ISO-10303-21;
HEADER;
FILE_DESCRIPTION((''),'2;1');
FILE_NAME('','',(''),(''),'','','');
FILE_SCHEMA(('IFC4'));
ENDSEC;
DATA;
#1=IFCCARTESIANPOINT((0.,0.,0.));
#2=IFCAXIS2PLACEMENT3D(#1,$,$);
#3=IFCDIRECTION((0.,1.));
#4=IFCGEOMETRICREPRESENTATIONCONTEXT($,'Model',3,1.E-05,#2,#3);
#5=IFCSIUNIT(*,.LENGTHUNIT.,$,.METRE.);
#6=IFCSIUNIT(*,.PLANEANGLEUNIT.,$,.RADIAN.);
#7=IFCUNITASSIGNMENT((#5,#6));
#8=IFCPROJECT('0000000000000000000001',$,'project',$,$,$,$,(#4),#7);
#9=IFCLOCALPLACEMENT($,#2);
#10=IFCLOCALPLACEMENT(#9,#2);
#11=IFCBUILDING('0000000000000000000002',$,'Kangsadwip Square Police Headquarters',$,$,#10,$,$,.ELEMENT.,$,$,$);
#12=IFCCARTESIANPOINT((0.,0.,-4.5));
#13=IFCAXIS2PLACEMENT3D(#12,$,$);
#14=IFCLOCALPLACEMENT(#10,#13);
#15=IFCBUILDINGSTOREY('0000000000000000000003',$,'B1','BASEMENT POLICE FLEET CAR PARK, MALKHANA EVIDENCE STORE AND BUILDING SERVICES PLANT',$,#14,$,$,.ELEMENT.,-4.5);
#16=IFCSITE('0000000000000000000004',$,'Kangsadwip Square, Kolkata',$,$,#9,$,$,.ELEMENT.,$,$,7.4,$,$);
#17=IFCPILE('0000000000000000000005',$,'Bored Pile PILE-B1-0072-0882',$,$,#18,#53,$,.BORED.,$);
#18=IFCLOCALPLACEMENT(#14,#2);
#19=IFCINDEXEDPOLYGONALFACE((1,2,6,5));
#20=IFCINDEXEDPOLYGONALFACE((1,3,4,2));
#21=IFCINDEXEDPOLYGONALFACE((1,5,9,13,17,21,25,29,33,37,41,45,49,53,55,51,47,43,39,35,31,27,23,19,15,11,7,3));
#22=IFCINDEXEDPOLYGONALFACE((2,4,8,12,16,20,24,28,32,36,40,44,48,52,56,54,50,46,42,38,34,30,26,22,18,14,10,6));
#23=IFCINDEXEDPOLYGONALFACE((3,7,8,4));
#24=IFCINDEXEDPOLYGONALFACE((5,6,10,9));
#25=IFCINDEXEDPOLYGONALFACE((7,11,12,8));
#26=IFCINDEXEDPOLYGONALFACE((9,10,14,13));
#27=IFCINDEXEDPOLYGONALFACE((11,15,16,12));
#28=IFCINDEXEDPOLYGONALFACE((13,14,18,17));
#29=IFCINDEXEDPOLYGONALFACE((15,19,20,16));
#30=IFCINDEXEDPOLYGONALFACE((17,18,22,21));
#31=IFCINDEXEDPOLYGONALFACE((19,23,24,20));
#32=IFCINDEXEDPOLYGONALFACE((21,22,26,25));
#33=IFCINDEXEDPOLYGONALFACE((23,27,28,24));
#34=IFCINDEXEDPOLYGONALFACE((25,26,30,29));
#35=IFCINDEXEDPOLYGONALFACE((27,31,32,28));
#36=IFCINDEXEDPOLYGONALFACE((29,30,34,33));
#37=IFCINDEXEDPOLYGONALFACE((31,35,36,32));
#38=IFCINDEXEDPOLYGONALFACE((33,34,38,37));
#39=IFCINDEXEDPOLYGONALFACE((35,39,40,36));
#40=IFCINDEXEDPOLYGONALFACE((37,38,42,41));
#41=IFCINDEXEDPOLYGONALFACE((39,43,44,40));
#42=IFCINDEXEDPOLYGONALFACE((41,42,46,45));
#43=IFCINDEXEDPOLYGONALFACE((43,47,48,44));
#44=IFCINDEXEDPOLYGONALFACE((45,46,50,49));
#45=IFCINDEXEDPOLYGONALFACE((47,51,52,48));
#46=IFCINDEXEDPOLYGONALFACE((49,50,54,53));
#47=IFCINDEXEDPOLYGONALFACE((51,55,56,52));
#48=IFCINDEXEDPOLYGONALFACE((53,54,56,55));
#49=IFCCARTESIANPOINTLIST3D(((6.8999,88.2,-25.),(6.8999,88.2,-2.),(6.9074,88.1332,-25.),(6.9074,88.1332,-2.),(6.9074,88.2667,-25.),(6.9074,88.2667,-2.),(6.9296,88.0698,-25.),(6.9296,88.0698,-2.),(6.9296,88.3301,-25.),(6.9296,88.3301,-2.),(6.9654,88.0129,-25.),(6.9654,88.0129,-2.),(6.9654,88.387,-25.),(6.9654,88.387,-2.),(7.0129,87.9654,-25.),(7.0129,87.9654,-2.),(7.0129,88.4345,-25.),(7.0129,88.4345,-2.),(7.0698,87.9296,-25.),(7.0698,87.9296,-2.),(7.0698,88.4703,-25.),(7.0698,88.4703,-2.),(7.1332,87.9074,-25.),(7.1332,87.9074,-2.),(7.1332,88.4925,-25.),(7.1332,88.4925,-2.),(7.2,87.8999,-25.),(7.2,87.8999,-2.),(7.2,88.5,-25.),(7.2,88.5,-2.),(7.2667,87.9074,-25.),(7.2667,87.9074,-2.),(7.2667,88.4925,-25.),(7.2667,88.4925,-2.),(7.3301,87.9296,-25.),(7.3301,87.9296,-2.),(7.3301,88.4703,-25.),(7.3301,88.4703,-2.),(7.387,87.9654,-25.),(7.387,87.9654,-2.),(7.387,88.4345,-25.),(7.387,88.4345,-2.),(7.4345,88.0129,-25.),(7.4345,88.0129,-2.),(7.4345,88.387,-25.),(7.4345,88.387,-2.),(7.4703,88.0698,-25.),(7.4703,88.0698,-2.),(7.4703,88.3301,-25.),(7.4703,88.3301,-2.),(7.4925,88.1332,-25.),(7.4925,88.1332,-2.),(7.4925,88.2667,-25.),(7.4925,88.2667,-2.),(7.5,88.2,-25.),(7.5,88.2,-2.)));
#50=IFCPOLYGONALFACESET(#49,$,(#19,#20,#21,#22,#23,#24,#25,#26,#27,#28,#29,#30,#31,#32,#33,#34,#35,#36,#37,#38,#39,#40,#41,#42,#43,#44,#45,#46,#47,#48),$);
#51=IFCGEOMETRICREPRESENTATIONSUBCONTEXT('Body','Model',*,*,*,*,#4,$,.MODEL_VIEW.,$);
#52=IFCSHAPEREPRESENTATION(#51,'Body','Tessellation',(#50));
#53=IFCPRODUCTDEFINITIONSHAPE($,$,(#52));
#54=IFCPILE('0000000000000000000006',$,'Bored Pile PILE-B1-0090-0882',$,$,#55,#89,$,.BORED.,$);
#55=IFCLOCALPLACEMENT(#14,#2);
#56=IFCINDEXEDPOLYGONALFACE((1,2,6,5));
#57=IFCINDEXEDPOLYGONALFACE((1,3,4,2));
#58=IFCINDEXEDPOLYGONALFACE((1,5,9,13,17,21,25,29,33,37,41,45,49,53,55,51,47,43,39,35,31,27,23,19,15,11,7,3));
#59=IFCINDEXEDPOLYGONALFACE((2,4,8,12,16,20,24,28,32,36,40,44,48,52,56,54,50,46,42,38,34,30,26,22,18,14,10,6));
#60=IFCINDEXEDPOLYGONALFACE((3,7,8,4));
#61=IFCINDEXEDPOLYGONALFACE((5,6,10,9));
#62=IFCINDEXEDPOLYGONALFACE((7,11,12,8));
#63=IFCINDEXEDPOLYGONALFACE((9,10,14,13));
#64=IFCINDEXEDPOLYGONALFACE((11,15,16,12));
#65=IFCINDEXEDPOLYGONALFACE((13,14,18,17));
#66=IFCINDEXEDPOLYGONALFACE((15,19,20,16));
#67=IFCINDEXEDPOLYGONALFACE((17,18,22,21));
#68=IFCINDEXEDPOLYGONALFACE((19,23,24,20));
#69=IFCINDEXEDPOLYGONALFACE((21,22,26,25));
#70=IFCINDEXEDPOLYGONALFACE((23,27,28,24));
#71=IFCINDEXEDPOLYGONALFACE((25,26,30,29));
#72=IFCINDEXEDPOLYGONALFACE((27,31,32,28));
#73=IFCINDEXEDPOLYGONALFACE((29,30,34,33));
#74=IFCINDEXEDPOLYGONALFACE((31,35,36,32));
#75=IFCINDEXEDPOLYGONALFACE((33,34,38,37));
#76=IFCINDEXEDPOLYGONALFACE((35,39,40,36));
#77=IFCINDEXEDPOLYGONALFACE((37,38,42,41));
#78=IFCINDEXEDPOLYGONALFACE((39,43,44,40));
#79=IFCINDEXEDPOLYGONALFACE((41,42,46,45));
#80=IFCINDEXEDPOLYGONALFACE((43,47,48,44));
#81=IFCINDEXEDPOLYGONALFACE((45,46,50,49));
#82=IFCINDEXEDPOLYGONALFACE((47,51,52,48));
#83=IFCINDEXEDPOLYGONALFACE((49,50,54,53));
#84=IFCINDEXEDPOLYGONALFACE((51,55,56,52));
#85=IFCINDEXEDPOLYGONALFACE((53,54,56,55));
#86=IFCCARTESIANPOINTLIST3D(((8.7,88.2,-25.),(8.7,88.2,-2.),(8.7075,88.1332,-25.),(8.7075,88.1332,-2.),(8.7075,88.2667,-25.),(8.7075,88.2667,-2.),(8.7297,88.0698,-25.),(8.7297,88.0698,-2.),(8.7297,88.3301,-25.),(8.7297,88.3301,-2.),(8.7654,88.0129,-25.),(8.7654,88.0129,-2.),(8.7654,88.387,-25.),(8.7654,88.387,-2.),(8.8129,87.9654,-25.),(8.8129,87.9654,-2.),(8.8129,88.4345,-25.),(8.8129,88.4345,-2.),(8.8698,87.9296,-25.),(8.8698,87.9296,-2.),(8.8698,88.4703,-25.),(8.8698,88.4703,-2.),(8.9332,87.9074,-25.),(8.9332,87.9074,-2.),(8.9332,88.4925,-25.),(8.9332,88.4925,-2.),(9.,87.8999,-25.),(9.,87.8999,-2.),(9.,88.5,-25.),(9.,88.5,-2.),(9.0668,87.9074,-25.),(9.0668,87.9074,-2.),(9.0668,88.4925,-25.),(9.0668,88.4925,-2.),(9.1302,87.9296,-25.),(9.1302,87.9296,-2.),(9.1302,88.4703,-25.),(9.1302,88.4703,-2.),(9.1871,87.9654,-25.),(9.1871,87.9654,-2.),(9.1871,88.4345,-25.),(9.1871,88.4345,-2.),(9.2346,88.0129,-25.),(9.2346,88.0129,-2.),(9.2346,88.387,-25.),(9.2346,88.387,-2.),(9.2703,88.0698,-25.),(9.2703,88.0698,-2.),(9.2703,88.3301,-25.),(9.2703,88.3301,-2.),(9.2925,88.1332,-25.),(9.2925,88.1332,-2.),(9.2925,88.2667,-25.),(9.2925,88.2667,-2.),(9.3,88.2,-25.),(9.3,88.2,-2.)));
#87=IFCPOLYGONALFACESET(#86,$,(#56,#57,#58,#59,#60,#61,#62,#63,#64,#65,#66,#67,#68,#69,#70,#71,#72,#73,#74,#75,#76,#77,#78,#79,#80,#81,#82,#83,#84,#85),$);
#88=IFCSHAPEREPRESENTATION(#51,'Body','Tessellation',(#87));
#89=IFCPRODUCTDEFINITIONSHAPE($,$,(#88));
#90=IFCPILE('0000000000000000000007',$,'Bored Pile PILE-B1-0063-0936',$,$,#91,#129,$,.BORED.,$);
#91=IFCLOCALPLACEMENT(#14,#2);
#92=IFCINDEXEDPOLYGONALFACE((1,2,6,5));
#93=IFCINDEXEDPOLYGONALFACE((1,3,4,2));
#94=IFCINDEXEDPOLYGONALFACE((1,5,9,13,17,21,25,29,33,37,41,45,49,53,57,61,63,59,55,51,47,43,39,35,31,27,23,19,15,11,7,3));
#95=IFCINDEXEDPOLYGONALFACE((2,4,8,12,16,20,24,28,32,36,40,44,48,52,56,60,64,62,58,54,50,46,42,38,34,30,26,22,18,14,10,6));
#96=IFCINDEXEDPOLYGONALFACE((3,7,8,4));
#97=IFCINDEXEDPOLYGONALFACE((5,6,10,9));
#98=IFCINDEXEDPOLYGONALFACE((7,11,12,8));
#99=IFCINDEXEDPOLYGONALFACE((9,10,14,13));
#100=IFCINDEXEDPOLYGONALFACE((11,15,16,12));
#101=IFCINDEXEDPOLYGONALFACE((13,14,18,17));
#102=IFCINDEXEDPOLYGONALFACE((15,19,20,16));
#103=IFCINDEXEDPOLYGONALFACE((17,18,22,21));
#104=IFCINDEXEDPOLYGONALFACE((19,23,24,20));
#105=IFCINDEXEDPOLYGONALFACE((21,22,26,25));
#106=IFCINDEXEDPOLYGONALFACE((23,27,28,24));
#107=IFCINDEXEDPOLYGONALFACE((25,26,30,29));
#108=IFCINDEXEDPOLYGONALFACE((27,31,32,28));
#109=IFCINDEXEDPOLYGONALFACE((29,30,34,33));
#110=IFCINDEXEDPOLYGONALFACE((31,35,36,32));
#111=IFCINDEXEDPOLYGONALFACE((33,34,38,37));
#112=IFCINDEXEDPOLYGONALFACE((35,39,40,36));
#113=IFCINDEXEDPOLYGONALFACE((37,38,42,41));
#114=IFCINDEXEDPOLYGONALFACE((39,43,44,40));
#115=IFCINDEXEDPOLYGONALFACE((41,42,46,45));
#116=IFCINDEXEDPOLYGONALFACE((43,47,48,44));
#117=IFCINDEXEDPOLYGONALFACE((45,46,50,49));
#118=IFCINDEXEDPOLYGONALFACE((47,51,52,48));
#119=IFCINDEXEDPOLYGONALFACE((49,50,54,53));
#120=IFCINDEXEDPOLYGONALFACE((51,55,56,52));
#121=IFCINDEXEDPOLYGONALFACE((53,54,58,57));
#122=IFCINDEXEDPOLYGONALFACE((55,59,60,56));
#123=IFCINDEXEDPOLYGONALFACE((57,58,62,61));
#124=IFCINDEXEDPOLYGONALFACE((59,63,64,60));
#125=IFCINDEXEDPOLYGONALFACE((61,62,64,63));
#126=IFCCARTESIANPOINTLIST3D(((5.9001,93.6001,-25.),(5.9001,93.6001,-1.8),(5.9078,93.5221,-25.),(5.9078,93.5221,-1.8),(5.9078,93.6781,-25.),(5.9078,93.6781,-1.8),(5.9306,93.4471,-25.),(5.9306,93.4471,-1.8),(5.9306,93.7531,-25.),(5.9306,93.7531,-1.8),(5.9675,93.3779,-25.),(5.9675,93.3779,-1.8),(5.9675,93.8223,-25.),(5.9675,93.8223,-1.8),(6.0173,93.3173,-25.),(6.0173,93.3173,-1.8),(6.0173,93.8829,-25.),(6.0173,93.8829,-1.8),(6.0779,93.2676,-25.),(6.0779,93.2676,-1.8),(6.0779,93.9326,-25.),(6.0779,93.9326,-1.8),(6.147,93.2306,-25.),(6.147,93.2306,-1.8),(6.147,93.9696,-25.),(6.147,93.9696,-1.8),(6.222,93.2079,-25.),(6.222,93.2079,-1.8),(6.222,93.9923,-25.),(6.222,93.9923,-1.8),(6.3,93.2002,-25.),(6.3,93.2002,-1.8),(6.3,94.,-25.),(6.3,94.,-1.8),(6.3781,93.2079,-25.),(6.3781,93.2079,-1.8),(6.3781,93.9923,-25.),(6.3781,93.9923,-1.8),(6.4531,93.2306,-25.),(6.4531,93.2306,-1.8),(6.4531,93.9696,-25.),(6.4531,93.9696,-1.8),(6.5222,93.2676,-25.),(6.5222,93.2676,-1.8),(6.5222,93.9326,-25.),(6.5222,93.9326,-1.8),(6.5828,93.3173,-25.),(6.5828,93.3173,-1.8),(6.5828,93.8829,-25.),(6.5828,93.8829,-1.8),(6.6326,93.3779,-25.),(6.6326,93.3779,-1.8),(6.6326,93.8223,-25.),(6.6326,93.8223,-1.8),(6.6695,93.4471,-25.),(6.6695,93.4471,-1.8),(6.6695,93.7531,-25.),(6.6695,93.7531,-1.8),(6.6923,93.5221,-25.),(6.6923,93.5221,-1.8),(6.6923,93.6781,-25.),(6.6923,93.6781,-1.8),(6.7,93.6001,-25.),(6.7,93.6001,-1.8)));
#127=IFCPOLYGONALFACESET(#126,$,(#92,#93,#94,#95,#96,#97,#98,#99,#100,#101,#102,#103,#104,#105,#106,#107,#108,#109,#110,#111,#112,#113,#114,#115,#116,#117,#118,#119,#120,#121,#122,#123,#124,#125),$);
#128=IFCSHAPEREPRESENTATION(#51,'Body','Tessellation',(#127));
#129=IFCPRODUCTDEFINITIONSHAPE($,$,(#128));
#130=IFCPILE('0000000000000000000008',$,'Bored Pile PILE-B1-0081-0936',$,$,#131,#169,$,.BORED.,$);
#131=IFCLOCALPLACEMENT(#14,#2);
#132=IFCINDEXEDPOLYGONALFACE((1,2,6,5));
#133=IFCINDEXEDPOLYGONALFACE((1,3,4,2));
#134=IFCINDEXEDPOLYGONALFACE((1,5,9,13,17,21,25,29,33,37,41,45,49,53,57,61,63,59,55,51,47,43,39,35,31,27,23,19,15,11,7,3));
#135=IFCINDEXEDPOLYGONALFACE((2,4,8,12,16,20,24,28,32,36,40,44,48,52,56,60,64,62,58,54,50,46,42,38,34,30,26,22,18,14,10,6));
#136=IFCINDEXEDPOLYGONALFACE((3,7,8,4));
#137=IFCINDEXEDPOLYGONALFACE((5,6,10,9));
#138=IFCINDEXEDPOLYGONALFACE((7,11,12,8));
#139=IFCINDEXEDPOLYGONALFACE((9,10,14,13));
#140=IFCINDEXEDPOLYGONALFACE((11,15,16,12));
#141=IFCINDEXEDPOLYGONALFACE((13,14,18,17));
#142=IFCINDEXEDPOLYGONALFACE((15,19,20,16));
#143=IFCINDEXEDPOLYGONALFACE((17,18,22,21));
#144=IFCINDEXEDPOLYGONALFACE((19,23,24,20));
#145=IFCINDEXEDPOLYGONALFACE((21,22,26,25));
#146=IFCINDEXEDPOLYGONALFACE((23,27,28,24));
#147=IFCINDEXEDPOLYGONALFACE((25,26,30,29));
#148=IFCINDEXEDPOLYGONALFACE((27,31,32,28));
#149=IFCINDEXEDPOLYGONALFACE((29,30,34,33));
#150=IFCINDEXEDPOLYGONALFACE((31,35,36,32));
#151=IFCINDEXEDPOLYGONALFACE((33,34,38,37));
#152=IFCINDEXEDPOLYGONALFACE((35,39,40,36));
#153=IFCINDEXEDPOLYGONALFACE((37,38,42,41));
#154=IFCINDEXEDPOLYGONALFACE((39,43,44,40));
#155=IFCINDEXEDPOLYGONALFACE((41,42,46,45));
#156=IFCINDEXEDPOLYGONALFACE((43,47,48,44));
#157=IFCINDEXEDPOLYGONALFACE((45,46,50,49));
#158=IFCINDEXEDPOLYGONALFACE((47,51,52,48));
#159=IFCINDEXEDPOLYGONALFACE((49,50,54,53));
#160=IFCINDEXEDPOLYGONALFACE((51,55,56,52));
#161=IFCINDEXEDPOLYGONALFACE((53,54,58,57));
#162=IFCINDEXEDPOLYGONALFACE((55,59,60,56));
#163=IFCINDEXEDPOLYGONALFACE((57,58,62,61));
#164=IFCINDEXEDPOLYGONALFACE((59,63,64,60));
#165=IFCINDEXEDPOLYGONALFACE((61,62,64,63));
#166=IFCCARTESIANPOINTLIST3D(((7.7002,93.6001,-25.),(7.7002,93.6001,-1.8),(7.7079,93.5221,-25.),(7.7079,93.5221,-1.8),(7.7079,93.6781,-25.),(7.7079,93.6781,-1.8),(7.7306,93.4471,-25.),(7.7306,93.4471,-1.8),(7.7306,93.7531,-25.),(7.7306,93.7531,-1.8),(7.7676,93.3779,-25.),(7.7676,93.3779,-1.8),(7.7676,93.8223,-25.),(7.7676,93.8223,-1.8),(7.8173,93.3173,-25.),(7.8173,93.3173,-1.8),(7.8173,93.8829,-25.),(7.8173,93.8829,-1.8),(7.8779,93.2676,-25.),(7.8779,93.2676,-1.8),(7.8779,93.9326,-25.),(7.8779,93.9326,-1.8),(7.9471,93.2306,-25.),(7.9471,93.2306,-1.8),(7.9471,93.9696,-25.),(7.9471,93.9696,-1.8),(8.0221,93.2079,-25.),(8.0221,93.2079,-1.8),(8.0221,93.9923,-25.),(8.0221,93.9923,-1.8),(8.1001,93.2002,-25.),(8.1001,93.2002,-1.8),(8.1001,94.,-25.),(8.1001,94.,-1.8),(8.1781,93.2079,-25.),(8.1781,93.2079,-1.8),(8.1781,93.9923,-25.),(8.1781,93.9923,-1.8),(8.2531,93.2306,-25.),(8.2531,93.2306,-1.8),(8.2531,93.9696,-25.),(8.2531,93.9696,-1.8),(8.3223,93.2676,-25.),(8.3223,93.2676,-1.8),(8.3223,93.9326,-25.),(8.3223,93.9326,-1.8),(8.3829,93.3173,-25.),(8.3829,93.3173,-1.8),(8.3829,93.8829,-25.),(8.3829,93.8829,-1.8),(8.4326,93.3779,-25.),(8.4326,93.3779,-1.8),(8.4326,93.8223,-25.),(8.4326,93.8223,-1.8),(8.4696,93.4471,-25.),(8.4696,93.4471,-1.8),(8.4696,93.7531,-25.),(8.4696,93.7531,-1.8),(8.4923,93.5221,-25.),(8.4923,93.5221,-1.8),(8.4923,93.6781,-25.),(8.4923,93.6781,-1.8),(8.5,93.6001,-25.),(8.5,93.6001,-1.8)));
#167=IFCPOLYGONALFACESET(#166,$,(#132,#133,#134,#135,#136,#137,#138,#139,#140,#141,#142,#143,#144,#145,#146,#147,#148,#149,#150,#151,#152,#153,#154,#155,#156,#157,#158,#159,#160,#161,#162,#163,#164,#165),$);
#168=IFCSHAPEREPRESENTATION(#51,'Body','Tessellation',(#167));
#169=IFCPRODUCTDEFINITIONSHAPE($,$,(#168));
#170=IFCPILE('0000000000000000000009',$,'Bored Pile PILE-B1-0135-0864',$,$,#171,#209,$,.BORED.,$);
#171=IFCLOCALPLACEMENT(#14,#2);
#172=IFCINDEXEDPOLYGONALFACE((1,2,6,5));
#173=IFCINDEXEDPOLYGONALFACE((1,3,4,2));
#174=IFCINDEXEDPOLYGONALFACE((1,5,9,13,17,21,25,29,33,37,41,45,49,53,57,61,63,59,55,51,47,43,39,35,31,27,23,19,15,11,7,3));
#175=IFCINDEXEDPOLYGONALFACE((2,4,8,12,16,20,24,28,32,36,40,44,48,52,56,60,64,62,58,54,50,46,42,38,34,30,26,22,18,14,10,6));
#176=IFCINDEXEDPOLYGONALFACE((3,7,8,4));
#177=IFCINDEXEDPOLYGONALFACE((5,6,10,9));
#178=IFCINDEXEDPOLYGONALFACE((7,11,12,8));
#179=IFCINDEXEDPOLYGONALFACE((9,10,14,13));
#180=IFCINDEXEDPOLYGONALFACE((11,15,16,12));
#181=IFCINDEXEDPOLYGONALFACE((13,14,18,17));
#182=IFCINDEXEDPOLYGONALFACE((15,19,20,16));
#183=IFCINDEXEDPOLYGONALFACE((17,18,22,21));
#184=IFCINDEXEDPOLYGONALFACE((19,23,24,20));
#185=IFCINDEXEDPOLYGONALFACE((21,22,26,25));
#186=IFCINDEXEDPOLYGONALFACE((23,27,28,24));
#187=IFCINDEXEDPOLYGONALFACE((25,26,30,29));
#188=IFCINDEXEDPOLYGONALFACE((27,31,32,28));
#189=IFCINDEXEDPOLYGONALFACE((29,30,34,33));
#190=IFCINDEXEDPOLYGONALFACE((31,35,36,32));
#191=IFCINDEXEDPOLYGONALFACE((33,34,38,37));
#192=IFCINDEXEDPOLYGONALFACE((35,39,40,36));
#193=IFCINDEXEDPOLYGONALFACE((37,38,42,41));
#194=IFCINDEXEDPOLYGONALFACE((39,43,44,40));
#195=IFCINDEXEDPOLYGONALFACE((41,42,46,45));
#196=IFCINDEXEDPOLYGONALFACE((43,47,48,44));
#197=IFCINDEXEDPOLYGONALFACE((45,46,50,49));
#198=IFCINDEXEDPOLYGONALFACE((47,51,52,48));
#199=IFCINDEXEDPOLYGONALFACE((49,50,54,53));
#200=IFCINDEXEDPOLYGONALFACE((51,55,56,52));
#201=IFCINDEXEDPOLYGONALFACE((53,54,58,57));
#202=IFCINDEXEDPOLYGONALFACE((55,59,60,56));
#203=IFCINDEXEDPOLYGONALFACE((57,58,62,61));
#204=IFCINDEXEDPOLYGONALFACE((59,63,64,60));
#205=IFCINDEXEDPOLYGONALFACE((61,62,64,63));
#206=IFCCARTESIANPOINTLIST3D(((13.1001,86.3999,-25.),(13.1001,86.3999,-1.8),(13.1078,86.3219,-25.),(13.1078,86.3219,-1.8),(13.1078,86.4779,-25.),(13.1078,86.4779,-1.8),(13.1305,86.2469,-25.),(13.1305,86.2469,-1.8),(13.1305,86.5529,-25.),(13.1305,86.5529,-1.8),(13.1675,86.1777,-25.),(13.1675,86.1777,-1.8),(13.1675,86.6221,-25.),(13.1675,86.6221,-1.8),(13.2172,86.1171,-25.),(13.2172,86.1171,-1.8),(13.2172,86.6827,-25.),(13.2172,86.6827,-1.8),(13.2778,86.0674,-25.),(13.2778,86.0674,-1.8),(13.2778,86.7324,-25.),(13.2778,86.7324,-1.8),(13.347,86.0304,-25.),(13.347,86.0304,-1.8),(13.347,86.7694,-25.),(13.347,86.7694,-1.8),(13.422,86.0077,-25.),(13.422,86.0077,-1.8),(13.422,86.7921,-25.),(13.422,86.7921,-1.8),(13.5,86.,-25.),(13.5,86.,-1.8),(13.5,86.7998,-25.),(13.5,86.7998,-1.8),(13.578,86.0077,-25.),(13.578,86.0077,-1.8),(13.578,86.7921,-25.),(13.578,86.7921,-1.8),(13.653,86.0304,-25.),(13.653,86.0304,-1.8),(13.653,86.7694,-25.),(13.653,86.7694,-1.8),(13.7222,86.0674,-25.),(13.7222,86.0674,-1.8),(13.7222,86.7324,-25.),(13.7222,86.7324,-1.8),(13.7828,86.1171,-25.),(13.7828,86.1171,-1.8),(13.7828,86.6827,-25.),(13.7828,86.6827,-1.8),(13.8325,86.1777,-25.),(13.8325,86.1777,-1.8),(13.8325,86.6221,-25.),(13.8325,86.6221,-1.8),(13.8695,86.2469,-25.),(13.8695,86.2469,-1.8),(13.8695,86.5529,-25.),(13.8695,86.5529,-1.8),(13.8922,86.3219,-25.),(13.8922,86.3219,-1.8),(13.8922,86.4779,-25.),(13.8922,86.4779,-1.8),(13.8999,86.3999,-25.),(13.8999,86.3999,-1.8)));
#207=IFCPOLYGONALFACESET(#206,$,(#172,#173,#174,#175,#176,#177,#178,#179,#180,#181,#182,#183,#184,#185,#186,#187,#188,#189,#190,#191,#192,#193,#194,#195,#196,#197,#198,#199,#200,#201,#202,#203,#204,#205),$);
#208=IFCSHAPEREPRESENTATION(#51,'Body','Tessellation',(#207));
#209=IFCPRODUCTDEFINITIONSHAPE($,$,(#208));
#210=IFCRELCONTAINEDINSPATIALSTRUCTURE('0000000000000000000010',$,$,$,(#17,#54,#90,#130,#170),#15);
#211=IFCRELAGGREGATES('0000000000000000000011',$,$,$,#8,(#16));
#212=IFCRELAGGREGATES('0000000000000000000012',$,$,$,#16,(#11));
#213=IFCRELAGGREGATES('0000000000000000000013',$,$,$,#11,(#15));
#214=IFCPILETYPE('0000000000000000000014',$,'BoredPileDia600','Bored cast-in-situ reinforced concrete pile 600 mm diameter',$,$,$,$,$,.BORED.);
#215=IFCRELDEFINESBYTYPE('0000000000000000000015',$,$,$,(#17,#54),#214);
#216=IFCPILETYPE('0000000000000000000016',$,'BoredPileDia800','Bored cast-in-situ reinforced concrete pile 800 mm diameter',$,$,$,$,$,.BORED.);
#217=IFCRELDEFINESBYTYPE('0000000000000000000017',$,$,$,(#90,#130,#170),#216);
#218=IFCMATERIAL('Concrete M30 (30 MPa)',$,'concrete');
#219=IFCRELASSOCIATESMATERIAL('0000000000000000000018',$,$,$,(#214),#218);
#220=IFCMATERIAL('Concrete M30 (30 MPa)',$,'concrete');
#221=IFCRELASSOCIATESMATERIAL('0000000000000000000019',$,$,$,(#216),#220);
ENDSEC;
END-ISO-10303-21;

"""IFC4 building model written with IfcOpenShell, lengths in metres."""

from ifc_helpers import new_model, si_unit, direction, frame, origin, origin_2d, place, context, subcontext, project, spatial, circle, extrude, material, material_profile, profile_set, type_object, element, save


model = new_model("IFC4")

# Units and contexts
model_context = context("Model", 3, precision=1e-05, world=origin(), true_north=direction((0.0, 1.0)))
body_context = subcontext(model_context, "Body", "Model", "MODEL_VIEW")
ifc_project = project(units=[si_unit("LENGTHUNIT", "METRE"), si_unit("PLANEANGLEUNIT", "RADIAN")], contexts=[model_context])

# Site, building, storey
site_placement = place(None, origin())
site = spatial("IfcSite", under=ifc_project, at=site_placement, Name="Kangsadwip Square, Kolkata", CompositionType="ELEMENT", RefElevation=7.4)
building_placement = place(site_placement, origin())
building = spatial("IfcBuilding", under=site, at=building_placement, Name="Kangsadwip Square Police Headquarters", CompositionType="ELEMENT")
storey_placement = place(building_placement, frame((0.0, 0.0, -4.5)))
storey = spatial("IfcBuildingStorey", under=building, at=storey_placement, Name="B1", Description="BASEMENT POLICE FLEET CAR PARK, MALKHANA EVIDENCE STORE AND BUILDING SERVICES PLANT", CompositionType="ELEMENT", Elevation=-4.5)

# Piles
ifc_material_1 = material(Name="Concrete M30 (30 MPa)", Category="concrete")
ifc_material_profile_1 = material_profile(ifc_material_1, circle(Radius=0.3, at=origin_2d()), Name="PILE DIA 600")
ifc_profile_set_1 = profile_set([ifc_material_profile_1], Name="Concrete M30 (30 MPa)")
pile_type_1 = type_object("IfcPileType", Name="BoredPileDia600", Description="Bored cast-in-situ reinforced concrete pile 600 mm diameter", PredefinedType="BORED", material=ifc_profile_set_1)
for number, where, z_axis, x_axis, name in (
    (1, (7.2, 88.2, -2.0), (0.0, 0.0, -1.0), (1.0, 0.0, 0.0), "Bored Pile PILE-B1-0072-0882"),
    (2, (9.0, 88.2, -2.0), (0.0, 0.0, -1.0), (1.0, 0.0, 0.0), "Bored Pile PILE-B1-0090-0882"),
):
    element("IfcPile", number, at=place(storey_placement, frame(where, z_axis=z_axis, x_axis=x_axis)), inside=storey, type_object=pile_type_1, Name=name, PredefinedType="BORED", context=body_context, shape_type="SweptSolid", body=[
        extrude(circle(Radius=0.3, at=origin_2d()), origin(), (0.0, 0.0, 1.0), 23.0),
    ])
ifc_material_2 = material(Name="Concrete M30 (30 MPa)", Category="concrete")
ifc_material_profile_2 = material_profile(ifc_material_2, circle(Radius=0.3999, at=origin_2d()), Name="PILE DIA 800")
ifc_profile_set_2 = profile_set([ifc_material_profile_2], Name="Concrete M30 (30 MPa)")
pile_type_2 = type_object("IfcPileType", Name="BoredPileDia800", Description="Bored cast-in-situ reinforced concrete pile 800 mm diameter", PredefinedType="BORED", material=ifc_profile_set_2)
for number, where, z_axis, x_axis, name in (
    (3, (6.3, 93.6001, -1.8), (0.0, 0.0, -1.0), (1.0, 0.0, 0.0), "Bored Pile PILE-B1-0063-0936"),
    (4, (8.1001, 93.6001, -1.8), (0.0, 0.0, -1.0), (1.0, 0.0, 0.0), "Bored Pile PILE-B1-0081-0936"),
    (5, (13.5, 86.3999, -1.8), (0.0, 0.0, -1.0), (1.0, 0.0, 0.0), "Bored Pile PILE-B1-0135-0864"),
):
    element("IfcPile", number, at=place(storey_placement, frame(where, z_axis=z_axis, x_axis=x_axis)), inside=storey, type_object=pile_type_2, Name=name, PredefinedType="BORED", context=body_context, shape_type="SweptSolid", body=[
        extrude(circle(Radius=0.3999, at=origin_2d()), origin(), (0.0, 0.0, 1.0), 23.2),
    ])

save(model, "model.ifc")
